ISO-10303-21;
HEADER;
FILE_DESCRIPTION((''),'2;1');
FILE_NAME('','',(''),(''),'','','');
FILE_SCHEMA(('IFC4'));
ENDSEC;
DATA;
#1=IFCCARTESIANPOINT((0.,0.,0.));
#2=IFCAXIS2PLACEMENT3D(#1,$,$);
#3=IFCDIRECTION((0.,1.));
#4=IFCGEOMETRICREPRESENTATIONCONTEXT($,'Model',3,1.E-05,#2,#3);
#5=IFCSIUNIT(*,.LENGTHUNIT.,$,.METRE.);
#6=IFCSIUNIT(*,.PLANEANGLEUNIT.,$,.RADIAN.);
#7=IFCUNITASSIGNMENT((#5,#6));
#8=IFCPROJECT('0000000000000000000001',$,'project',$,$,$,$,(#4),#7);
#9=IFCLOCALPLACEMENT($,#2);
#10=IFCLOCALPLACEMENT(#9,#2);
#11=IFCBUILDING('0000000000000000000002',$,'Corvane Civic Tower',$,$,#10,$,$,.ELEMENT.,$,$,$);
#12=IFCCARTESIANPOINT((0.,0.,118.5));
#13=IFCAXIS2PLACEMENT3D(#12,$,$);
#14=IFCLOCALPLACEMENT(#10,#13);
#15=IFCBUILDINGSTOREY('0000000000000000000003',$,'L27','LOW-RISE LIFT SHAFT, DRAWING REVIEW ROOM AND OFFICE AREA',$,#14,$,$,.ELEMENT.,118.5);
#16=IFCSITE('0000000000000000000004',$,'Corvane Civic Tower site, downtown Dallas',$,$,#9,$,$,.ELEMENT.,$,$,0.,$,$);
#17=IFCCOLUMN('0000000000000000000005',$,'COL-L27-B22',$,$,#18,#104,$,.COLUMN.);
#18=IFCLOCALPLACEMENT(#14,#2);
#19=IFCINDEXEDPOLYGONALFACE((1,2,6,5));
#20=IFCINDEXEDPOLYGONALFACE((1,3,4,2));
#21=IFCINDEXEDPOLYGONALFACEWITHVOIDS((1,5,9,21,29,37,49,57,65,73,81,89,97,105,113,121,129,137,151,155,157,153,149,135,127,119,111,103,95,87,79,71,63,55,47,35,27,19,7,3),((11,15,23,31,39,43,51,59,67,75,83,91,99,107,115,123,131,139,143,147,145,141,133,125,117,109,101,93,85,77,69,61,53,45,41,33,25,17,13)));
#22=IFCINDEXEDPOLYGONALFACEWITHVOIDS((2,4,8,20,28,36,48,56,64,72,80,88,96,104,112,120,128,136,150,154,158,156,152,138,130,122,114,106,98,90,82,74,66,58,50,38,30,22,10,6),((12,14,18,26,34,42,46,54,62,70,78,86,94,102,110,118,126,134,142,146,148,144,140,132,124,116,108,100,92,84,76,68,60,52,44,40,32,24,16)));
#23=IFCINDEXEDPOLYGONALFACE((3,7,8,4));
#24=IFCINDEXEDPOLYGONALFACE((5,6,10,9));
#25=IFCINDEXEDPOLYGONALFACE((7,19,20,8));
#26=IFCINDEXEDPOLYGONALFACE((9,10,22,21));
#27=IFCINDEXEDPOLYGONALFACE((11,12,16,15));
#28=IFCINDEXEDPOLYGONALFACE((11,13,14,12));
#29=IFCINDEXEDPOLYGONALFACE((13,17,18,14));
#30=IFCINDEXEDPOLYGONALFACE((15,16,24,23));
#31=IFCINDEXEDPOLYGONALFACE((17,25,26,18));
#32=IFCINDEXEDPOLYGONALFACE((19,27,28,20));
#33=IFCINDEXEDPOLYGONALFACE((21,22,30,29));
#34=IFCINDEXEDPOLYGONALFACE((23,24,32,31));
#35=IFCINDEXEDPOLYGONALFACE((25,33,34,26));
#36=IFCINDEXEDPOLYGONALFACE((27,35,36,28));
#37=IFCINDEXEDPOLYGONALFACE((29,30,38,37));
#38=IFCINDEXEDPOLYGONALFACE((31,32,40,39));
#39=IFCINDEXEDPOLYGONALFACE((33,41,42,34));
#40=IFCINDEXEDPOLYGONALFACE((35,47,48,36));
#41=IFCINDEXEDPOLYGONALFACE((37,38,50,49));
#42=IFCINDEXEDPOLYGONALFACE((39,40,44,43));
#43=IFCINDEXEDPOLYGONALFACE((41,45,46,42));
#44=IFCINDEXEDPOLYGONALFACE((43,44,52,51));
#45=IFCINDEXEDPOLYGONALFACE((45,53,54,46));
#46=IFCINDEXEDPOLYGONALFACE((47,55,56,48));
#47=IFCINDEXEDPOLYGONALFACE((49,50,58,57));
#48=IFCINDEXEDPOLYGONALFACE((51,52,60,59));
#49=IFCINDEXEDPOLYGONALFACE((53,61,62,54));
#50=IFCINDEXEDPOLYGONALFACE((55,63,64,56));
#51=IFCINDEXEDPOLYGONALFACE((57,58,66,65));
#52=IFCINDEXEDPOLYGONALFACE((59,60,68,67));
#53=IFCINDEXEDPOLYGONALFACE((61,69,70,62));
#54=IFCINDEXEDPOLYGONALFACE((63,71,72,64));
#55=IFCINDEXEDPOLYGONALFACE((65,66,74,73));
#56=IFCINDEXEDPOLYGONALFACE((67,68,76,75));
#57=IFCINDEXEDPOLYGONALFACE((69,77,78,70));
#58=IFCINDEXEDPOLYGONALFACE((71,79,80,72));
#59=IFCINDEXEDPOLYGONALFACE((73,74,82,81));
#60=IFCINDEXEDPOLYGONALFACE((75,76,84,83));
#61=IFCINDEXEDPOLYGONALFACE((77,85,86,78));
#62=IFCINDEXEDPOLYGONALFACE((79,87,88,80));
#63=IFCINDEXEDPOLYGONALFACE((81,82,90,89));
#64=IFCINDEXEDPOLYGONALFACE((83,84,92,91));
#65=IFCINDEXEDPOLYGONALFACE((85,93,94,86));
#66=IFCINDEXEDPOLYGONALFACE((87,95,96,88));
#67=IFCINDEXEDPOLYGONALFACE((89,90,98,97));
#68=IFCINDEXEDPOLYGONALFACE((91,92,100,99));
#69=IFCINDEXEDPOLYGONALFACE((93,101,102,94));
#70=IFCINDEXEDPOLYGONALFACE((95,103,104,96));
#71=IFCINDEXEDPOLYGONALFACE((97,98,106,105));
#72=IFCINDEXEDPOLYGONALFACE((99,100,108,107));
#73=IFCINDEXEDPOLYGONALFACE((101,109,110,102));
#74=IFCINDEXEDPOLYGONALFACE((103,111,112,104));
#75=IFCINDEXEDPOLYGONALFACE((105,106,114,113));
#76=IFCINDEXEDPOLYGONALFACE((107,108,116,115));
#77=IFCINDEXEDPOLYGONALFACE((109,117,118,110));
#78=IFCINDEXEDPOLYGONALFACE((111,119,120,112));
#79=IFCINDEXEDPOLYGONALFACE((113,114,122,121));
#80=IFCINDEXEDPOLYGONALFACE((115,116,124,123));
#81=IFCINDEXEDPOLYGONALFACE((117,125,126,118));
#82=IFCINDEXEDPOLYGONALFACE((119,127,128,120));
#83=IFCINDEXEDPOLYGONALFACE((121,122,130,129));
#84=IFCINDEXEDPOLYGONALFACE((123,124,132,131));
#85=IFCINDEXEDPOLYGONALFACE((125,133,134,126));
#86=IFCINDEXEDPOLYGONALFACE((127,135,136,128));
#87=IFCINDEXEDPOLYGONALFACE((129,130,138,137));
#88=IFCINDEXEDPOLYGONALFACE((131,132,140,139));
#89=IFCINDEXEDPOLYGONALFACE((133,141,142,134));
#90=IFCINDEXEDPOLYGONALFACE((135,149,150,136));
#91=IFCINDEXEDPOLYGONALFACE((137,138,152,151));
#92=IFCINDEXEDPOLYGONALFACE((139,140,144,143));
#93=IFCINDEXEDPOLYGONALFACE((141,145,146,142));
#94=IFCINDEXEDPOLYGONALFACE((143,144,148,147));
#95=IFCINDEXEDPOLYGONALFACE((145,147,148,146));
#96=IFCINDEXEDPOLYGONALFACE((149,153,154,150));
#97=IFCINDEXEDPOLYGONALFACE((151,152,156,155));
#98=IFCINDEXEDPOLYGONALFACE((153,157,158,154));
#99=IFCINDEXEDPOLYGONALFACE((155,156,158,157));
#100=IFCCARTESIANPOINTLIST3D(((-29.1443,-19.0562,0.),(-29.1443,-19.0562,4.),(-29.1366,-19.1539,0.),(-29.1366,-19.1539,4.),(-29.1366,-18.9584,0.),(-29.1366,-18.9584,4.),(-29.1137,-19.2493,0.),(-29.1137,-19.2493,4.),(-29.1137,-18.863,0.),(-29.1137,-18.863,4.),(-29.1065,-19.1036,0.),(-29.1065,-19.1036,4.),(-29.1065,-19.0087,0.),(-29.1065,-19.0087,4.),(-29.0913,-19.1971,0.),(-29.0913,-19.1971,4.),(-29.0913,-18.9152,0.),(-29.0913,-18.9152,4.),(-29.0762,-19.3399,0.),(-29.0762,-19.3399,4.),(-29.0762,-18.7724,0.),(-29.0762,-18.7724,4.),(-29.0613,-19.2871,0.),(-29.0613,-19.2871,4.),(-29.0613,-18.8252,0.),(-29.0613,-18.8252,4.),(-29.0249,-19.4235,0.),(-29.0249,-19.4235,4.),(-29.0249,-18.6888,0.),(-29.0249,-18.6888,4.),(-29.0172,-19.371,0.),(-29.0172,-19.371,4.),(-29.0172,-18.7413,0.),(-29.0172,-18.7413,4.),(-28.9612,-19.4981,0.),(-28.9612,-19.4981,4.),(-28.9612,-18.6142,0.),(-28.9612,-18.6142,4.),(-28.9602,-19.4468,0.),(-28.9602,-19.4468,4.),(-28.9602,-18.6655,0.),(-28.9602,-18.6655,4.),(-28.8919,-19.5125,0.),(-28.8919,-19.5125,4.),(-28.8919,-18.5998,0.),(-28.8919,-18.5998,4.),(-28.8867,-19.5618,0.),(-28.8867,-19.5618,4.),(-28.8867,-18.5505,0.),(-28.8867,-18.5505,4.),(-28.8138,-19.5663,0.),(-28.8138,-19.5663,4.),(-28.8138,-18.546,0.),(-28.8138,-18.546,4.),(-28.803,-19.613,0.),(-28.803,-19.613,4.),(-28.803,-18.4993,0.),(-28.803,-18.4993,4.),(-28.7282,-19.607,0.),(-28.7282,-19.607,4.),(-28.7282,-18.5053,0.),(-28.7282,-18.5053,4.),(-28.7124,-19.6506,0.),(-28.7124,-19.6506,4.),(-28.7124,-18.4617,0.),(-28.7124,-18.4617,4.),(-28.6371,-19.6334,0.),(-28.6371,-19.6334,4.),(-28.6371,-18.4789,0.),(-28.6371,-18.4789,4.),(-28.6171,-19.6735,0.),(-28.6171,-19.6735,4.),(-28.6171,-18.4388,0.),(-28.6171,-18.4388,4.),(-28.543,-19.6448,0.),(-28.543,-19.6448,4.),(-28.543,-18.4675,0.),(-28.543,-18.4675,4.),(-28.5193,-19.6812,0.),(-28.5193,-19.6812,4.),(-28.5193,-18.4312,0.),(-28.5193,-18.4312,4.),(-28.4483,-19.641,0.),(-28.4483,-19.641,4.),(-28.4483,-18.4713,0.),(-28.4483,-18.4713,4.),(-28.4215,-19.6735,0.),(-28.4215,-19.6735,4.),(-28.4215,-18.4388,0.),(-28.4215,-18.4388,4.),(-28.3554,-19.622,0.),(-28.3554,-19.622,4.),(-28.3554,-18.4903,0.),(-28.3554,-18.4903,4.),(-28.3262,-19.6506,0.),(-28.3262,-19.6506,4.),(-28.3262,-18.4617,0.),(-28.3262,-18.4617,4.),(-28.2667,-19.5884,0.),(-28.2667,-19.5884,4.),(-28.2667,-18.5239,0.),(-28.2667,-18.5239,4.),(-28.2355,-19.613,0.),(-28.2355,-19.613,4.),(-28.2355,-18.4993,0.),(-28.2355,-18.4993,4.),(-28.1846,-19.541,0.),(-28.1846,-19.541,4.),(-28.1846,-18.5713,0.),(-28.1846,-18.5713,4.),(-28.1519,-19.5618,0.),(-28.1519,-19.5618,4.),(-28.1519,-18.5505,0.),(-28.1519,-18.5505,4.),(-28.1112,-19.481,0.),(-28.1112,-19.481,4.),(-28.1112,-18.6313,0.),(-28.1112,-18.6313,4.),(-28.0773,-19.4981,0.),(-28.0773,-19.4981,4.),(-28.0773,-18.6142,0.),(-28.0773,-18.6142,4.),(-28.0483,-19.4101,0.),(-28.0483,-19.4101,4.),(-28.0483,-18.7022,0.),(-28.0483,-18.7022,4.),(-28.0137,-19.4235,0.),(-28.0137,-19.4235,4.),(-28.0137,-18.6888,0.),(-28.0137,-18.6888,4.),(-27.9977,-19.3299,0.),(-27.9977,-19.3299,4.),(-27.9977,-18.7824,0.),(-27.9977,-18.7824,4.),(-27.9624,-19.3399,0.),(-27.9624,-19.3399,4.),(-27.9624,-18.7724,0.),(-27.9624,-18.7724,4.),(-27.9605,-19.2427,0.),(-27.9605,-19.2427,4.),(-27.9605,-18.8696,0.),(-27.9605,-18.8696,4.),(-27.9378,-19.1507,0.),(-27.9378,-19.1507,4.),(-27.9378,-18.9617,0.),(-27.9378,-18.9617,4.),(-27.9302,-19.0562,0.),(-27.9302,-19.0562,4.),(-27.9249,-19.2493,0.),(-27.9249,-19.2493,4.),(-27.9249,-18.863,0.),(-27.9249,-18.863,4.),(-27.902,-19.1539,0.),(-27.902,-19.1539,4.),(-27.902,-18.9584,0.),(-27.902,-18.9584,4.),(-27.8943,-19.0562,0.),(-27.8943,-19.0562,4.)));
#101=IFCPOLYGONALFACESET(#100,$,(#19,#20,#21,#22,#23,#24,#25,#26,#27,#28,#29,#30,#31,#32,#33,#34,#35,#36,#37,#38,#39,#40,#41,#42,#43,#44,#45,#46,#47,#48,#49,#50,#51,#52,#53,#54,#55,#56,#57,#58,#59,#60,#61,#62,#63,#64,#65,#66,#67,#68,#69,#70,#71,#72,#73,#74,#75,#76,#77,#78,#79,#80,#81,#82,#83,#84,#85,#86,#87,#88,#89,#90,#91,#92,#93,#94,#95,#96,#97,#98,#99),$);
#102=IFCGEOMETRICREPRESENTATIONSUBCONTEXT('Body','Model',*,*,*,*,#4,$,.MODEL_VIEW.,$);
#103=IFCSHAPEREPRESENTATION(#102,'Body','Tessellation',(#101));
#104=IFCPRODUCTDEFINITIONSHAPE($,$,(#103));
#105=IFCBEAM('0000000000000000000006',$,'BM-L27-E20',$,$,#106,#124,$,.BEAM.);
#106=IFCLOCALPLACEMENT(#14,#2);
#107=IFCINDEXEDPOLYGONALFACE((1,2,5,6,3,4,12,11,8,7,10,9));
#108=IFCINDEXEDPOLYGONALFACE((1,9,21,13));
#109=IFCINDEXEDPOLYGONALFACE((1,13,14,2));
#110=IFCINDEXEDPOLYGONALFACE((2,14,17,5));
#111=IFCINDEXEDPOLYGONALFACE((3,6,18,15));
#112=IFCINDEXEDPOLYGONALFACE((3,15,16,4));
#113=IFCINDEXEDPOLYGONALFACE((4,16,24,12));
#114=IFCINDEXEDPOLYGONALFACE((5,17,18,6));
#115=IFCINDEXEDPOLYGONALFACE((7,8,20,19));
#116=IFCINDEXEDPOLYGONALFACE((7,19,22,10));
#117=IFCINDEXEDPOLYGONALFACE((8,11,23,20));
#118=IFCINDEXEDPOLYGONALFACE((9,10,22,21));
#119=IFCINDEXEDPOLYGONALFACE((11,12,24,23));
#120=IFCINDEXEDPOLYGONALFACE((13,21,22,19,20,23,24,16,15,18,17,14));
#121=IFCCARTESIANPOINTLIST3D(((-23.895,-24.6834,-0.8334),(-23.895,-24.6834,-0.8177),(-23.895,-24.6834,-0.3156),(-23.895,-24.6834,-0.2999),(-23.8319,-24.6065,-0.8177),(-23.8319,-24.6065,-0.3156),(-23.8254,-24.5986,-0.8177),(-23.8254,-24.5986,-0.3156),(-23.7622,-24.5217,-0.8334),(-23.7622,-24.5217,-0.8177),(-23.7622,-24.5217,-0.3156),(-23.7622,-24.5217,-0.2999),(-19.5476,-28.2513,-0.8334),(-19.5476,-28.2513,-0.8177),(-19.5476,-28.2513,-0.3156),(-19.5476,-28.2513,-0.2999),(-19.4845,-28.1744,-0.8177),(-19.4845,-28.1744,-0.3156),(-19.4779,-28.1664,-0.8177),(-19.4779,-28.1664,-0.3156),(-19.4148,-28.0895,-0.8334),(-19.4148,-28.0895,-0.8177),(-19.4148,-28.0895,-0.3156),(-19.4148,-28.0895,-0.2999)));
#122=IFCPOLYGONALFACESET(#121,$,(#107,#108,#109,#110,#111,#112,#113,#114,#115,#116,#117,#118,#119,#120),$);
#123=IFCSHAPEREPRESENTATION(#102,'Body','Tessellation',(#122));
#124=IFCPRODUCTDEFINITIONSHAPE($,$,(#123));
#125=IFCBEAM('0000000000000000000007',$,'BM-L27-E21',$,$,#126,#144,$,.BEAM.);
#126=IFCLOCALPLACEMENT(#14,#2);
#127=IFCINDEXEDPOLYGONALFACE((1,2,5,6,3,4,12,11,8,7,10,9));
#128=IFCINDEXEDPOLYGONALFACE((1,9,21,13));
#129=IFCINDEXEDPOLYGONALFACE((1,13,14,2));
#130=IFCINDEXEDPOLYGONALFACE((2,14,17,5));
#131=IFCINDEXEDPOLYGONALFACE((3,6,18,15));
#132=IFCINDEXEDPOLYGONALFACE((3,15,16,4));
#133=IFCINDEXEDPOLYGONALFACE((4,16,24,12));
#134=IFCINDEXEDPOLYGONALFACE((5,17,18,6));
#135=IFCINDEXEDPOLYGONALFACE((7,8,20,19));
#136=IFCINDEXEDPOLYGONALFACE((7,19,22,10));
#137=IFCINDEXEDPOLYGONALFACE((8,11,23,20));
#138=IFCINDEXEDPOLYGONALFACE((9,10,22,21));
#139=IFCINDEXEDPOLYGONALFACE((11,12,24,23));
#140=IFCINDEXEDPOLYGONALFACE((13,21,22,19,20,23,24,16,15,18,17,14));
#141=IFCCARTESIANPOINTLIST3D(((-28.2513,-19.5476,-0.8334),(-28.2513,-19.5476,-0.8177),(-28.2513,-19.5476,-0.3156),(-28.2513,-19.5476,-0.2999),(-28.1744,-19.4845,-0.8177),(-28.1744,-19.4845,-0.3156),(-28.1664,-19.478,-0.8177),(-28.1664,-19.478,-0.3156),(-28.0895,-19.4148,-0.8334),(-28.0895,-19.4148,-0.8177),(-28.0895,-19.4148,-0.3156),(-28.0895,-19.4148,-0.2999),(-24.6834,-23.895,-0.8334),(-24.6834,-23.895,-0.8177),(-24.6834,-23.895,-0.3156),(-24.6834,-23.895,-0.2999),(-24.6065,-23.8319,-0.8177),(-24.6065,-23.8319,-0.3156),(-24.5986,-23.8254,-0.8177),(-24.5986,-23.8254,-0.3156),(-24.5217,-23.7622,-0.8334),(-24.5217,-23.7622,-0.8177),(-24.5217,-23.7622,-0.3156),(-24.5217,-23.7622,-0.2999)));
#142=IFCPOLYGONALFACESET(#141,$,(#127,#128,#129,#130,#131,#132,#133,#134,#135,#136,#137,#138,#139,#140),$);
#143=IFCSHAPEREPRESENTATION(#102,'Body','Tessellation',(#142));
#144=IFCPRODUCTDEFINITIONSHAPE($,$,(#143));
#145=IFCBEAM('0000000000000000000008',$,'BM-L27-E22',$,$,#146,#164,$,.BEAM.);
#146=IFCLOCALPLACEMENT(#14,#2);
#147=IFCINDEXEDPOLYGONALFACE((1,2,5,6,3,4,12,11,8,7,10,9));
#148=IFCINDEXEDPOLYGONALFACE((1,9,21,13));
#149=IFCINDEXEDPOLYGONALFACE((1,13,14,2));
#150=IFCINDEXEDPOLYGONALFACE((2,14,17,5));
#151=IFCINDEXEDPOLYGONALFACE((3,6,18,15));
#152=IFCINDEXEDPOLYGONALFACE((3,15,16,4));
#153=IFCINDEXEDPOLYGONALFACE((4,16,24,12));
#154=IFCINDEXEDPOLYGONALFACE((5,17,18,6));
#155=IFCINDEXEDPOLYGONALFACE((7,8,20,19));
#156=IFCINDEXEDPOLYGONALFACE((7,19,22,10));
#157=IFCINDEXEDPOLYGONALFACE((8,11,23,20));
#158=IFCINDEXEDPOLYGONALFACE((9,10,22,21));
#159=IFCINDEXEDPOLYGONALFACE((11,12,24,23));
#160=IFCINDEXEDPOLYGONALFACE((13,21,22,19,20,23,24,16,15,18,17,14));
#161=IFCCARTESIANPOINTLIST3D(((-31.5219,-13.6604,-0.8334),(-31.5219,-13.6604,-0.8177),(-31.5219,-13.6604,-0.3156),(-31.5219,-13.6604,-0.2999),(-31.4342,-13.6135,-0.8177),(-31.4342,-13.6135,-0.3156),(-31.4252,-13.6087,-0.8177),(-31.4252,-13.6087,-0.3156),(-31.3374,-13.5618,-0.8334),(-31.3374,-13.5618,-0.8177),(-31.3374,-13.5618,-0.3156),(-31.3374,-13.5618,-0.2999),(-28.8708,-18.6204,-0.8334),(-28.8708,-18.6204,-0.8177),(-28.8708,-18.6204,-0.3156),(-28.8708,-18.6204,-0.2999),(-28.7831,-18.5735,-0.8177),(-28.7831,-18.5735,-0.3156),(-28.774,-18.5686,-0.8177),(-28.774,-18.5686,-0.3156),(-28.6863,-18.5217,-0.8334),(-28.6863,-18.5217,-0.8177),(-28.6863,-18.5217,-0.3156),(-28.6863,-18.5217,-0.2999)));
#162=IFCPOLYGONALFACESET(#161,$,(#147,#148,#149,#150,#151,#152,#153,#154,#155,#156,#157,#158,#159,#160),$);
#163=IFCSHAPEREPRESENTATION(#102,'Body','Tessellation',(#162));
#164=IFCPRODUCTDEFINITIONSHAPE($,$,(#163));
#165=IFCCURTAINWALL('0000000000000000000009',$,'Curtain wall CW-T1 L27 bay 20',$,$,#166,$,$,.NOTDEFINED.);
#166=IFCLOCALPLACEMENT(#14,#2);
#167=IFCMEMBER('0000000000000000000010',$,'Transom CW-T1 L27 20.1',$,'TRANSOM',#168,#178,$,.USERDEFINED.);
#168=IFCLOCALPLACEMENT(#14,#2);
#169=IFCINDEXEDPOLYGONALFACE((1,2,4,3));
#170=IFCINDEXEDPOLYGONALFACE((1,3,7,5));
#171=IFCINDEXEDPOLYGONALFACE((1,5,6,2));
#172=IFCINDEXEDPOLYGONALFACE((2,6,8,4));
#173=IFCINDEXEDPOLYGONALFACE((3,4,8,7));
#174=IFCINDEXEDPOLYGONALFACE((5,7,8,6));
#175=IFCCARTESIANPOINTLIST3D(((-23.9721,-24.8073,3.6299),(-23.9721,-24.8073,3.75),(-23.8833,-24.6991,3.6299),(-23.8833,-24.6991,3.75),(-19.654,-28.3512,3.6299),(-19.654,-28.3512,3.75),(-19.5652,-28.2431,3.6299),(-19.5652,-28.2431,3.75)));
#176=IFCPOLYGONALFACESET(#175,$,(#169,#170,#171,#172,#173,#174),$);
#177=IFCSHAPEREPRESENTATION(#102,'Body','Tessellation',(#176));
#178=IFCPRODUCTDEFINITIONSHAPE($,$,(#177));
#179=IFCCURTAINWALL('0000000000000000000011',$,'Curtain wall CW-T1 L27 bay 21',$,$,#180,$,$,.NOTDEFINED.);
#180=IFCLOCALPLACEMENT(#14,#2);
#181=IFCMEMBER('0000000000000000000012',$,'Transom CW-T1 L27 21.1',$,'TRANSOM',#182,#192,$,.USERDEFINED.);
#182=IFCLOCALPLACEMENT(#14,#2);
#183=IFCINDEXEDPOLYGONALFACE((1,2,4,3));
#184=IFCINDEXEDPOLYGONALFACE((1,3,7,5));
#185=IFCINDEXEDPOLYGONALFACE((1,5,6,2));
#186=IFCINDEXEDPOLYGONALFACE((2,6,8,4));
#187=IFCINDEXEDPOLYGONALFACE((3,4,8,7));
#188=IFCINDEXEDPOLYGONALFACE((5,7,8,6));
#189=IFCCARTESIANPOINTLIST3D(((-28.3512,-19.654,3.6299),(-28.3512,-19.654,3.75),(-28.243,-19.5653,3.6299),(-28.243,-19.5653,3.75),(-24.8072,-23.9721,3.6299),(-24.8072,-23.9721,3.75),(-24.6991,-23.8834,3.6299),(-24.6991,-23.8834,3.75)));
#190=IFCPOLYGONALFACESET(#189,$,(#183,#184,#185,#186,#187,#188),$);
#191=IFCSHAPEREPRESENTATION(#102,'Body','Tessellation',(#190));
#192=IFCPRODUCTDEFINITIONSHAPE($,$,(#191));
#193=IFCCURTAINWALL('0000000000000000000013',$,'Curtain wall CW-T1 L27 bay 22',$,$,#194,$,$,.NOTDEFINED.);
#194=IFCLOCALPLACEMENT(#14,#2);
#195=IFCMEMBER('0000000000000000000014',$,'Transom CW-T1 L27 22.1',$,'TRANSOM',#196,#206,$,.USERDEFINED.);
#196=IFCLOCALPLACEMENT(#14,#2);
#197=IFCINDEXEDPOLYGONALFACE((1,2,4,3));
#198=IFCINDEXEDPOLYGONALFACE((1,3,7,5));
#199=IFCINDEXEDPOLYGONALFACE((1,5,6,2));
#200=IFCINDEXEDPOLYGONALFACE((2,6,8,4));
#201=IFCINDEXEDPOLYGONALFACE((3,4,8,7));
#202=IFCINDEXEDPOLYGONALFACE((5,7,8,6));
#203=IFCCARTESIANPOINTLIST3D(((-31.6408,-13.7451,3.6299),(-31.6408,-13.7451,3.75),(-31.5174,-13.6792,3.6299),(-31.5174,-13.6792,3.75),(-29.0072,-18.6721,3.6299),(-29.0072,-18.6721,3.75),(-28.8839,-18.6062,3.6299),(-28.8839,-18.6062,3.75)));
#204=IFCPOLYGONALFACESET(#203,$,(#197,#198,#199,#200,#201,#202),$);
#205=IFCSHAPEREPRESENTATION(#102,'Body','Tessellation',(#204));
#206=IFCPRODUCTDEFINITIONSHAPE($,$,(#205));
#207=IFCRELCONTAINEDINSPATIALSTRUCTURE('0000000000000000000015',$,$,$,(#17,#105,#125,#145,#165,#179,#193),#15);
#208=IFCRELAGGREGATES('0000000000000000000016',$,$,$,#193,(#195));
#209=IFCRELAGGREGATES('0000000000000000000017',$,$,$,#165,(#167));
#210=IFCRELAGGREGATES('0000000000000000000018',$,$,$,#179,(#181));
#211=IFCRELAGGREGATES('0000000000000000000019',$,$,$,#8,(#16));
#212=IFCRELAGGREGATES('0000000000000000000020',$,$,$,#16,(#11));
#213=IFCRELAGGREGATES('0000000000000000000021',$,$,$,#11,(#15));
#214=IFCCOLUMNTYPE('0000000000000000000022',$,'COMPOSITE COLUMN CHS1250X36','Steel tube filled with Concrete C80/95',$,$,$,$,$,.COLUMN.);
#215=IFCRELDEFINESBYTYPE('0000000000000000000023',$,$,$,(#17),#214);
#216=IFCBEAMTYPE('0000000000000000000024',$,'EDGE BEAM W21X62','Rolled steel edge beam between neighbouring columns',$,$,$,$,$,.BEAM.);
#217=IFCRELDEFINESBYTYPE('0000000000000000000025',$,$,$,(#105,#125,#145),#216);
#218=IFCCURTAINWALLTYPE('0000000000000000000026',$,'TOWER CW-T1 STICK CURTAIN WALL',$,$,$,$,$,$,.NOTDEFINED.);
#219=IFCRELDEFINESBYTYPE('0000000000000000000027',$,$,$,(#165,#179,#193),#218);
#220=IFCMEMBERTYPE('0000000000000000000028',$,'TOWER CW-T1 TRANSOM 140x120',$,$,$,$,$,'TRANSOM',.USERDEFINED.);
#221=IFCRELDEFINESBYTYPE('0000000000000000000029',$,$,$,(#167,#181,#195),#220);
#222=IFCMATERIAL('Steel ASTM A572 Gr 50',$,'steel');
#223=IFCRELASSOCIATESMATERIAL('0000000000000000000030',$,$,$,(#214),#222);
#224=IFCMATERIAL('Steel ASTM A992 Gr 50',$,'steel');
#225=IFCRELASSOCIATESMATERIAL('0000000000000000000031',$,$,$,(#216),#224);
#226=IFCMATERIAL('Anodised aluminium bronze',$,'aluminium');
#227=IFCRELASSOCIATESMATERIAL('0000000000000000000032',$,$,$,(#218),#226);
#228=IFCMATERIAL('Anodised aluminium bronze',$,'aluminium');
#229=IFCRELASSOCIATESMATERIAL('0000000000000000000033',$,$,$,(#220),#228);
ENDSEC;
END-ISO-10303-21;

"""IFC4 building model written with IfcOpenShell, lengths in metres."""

from ifc_helpers import new_model, si_unit, direction, frame, origin, origin_2d, place, context, subcontext, project, spatial, rectangle, hollow_circle, i_section, extrude, material, material_profile, profile_set, type_object, element, aggregate, save


model = new_model("IFC4")

# Units and contexts
model_context = context("Model", 3, precision=1e-05, world=origin(), true_north=direction((0.0, 1.0)))
body_context = subcontext(model_context, "Body", "Model", "MODEL_VIEW")
ifc_project = project(units=[si_unit("LENGTHUNIT", "METRE"), si_unit("PLANEANGLEUNIT", "RADIAN")], contexts=[model_context])

# Site, building, storey
site_placement = place(None, origin())
site = spatial("IfcSite", under=ifc_project, at=site_placement, Name="Corvane Civic Tower site, downtown Dallas", CompositionType="ELEMENT", RefElevation=0.0)
building_placement = place(site_placement, origin())
building = spatial("IfcBuilding", under=site, at=building_placement, Name="Corvane Civic Tower", CompositionType="ELEMENT")
storey_placement = place(building_placement, frame((0.0, 0.0, 118.5)))
storey = spatial("IfcBuildingStorey", under=building, at=storey_placement, Name="L27", Description="LOW-RISE LIFT SHAFT, DRAWING REVIEW ROOM AND OFFICE AREA", CompositionType="ELEMENT", Elevation=118.5)

# Column
ifc_material_1 = material(Name="Steel ASTM A572 Gr 50", Category="steel")
ifc_material_profile_1 = material_profile(ifc_material_1, hollow_circle(Radius=0.625, WallThickness=0.0359, at=origin_2d()), Name="CHS1250X36")
ifc_profile_set_1 = profile_set([ifc_material_profile_1], Name="Steel ASTM A572 Gr 50")
column_type = type_object("IfcColumnType", Name="COMPOSITE COLUMN CHS1250X36", Description="Steel tube filled with Concrete C80/95", PredefinedType="COLUMN", material=ifc_profile_set_1)
for number, where, z_axis, x_axis, name in (
    (1, (-28.5193, -19.0562, 0.0), (0.0, 0.0, 1.0), (1.0, 0.0, 0.0), "COL-L27-B22"),
):
    element("IfcColumn", number, at=place(storey_placement, frame(where, z_axis=z_axis, x_axis=x_axis)), inside=storey, type_object=column_type, Name=name, PredefinedType="COLUMN", context=body_context, shape_type="SweptSolid", body=[
        extrude(hollow_circle(Radius=0.625, WallThickness=0.0359, at=origin_2d()), origin(), (0.0, 0.0, 1.0), 4.0),
    ])

# Beams
ifc_material_2 = material(Name="Steel ASTM A992 Gr 50", Category="steel")
ifc_material_profile_2 = material_profile(ifc_material_2, i_section(OverallWidth=0.2092, OverallDepth=0.5334, WebThickness=0.0103, FlangeThickness=0.0156, at=origin_2d()), Name="W21X62")
ifc_profile_set_2 = profile_set([ifc_material_profile_2], Name="Steel ASTM A992 Gr 50")
beam_type = type_object("IfcBeamType", Name="EDGE BEAM W21X62", Description="Rolled steel edge beam between neighbouring columns", PredefinedType="BEAM", material=ifc_profile_set_2)
for number, where, z_axis, x_axis, name in (
    (2, (-19.4812, -28.1704, -0.5667), (-0.773007, 0.634398, 0.0), (-0.634398, -0.773007, 0.0), "BM-L27-E20"),
    (3, (-24.6025, -23.8286, -0.5667), (-0.634398, 0.773007, 0.0), (-0.773007, -0.634398, 0.0), "BM-L27-E21"),
    (4, (-28.7786, -18.571, -0.5667), (-0.471392, 0.881924, 0.0), (-0.881924, -0.471392, 0.0), "BM-L27-E22"),
):
    element("IfcBeam", number, at=place(storey_placement, frame(where, z_axis=z_axis, x_axis=x_axis)), inside=storey, type_object=beam_type, Name=name, PredefinedType="BEAM", context=body_context, shape_type="SweptSolid", body=[
        extrude(i_section(OverallWidth=0.2092, OverallDepth=0.5334, WebThickness=0.0103, FlangeThickness=0.0156, at=origin_2d()), origin(), (0.0, 0.0, 1.0), 5.624),
    ])

# Curtain walls, members
ifc_material_3 = material(Name="Anodised aluminium bronze", Category="aluminium")
curtain_wall_type = type_object("IfcCurtainWallType", Name="TOWER CW-T1 STICK CURTAIN WALL", PredefinedType="NOTDEFINED", material=ifc_material_3)
curtain_wall_1_placement = place(storey_placement, origin())
curtain_wall_1 = element("IfcCurtainWall", 5, at=curtain_wall_1_placement, inside=storey, type_object=curtain_wall_type, Name="Curtain wall CW-T1 L27 bay 20", PredefinedType="NOTDEFINED")
ifc_material_4 = material(Name="Anodised aluminium bronze", Category="aluminium")
ifc_material_profile_3 = material_profile(ifc_material_4, rectangle(XDim=0.1399, YDim=0.1201, at=origin_2d()), Name="TOWER CW-T1 TRANSOM 140x120")
ifc_profile_set_3 = profile_set([ifc_material_profile_3], Name="Anodised aluminium bronze")
member_type = type_object("IfcMemberType", Name="TOWER CW-T1 TRANSOM 140x120", ElementType="TRANSOM", PredefinedType="USERDEFINED", material=ifc_profile_set_3)
member_1_placement = place(storey_placement, frame((-19.6096, -28.2971, 3.6899), z_axis=(-0.772996, 0.63441, 0.0), x_axis=(-0.63441, -0.772996, 0.0)))
member_1 = element("IfcMember", 6, at=member_1_placement, type_object=member_type, Name="Transom CW-T1 L27 20.1", ObjectType="TRANSOM", PredefinedType="USERDEFINED", context=body_context, shape_type="SweptSolid", body=[
    extrude(rectangle(XDim=0.1399, YDim=0.1201, at=origin_2d()), origin(), (0.0, 0.0, 1.0), 5.5862),
])
curtain_wall_2_placement = place(storey_placement, origin())
curtain_wall_2 = element("IfcCurtainWall", 7, at=curtain_wall_2_placement, inside=storey, type_object=curtain_wall_type, Name="Curtain wall CW-T1 L27 bay 21", PredefinedType="NOTDEFINED")
member_2_placement = place(storey_placement, frame((-24.7532, -23.9277, 3.6899), z_axis=(-0.63441, 0.772996, 0.0), x_axis=(-0.772996, -0.63441, 0.0)))
member_2 = element("IfcMember", 8, at=member_2_placement, type_object=member_type, Name="Transom CW-T1 L27 21.1", ObjectType="TRANSOM", PredefinedType="USERDEFINED", context=body_context, shape_type="SweptSolid", body=[
    extrude(rectangle(XDim=0.1399, YDim=0.1201, at=origin_2d()), origin(), (0.0, 0.0, 1.0), 5.5862),
])
curtain_wall_3_placement = place(storey_placement, origin())
curtain_wall_3 = element("IfcCurtainWall", 9, at=curtain_wall_3_placement, inside=storey, type_object=curtain_wall_type, Name="Curtain wall CW-T1 L27 bay 22", PredefinedType="NOTDEFINED")
member_3_placement = place(storey_placement, frame((-28.9456, -18.6392, 3.6899), z_axis=(-0.471398, 0.881921, 0.0), x_axis=(-0.881921, -0.471398, 0.0)))
member_3 = element("IfcMember", 10, at=member_3_placement, type_object=member_type, Name="Transom CW-T1 L27 22.1", ObjectType="TRANSOM", PredefinedType="USERDEFINED", context=body_context, shape_type="SweptSolid", body=[
    extrude(rectangle(XDim=0.1399, YDim=0.1201, at=origin_2d()), origin(), (0.0, 0.0, 1.0), 5.5867),
])
aggregate(curtain_wall_3, [member_3])

aggregate(curtain_wall_1, [member_1])
aggregate(curtain_wall_2, [member_2])

save(model, "model.ifc")
